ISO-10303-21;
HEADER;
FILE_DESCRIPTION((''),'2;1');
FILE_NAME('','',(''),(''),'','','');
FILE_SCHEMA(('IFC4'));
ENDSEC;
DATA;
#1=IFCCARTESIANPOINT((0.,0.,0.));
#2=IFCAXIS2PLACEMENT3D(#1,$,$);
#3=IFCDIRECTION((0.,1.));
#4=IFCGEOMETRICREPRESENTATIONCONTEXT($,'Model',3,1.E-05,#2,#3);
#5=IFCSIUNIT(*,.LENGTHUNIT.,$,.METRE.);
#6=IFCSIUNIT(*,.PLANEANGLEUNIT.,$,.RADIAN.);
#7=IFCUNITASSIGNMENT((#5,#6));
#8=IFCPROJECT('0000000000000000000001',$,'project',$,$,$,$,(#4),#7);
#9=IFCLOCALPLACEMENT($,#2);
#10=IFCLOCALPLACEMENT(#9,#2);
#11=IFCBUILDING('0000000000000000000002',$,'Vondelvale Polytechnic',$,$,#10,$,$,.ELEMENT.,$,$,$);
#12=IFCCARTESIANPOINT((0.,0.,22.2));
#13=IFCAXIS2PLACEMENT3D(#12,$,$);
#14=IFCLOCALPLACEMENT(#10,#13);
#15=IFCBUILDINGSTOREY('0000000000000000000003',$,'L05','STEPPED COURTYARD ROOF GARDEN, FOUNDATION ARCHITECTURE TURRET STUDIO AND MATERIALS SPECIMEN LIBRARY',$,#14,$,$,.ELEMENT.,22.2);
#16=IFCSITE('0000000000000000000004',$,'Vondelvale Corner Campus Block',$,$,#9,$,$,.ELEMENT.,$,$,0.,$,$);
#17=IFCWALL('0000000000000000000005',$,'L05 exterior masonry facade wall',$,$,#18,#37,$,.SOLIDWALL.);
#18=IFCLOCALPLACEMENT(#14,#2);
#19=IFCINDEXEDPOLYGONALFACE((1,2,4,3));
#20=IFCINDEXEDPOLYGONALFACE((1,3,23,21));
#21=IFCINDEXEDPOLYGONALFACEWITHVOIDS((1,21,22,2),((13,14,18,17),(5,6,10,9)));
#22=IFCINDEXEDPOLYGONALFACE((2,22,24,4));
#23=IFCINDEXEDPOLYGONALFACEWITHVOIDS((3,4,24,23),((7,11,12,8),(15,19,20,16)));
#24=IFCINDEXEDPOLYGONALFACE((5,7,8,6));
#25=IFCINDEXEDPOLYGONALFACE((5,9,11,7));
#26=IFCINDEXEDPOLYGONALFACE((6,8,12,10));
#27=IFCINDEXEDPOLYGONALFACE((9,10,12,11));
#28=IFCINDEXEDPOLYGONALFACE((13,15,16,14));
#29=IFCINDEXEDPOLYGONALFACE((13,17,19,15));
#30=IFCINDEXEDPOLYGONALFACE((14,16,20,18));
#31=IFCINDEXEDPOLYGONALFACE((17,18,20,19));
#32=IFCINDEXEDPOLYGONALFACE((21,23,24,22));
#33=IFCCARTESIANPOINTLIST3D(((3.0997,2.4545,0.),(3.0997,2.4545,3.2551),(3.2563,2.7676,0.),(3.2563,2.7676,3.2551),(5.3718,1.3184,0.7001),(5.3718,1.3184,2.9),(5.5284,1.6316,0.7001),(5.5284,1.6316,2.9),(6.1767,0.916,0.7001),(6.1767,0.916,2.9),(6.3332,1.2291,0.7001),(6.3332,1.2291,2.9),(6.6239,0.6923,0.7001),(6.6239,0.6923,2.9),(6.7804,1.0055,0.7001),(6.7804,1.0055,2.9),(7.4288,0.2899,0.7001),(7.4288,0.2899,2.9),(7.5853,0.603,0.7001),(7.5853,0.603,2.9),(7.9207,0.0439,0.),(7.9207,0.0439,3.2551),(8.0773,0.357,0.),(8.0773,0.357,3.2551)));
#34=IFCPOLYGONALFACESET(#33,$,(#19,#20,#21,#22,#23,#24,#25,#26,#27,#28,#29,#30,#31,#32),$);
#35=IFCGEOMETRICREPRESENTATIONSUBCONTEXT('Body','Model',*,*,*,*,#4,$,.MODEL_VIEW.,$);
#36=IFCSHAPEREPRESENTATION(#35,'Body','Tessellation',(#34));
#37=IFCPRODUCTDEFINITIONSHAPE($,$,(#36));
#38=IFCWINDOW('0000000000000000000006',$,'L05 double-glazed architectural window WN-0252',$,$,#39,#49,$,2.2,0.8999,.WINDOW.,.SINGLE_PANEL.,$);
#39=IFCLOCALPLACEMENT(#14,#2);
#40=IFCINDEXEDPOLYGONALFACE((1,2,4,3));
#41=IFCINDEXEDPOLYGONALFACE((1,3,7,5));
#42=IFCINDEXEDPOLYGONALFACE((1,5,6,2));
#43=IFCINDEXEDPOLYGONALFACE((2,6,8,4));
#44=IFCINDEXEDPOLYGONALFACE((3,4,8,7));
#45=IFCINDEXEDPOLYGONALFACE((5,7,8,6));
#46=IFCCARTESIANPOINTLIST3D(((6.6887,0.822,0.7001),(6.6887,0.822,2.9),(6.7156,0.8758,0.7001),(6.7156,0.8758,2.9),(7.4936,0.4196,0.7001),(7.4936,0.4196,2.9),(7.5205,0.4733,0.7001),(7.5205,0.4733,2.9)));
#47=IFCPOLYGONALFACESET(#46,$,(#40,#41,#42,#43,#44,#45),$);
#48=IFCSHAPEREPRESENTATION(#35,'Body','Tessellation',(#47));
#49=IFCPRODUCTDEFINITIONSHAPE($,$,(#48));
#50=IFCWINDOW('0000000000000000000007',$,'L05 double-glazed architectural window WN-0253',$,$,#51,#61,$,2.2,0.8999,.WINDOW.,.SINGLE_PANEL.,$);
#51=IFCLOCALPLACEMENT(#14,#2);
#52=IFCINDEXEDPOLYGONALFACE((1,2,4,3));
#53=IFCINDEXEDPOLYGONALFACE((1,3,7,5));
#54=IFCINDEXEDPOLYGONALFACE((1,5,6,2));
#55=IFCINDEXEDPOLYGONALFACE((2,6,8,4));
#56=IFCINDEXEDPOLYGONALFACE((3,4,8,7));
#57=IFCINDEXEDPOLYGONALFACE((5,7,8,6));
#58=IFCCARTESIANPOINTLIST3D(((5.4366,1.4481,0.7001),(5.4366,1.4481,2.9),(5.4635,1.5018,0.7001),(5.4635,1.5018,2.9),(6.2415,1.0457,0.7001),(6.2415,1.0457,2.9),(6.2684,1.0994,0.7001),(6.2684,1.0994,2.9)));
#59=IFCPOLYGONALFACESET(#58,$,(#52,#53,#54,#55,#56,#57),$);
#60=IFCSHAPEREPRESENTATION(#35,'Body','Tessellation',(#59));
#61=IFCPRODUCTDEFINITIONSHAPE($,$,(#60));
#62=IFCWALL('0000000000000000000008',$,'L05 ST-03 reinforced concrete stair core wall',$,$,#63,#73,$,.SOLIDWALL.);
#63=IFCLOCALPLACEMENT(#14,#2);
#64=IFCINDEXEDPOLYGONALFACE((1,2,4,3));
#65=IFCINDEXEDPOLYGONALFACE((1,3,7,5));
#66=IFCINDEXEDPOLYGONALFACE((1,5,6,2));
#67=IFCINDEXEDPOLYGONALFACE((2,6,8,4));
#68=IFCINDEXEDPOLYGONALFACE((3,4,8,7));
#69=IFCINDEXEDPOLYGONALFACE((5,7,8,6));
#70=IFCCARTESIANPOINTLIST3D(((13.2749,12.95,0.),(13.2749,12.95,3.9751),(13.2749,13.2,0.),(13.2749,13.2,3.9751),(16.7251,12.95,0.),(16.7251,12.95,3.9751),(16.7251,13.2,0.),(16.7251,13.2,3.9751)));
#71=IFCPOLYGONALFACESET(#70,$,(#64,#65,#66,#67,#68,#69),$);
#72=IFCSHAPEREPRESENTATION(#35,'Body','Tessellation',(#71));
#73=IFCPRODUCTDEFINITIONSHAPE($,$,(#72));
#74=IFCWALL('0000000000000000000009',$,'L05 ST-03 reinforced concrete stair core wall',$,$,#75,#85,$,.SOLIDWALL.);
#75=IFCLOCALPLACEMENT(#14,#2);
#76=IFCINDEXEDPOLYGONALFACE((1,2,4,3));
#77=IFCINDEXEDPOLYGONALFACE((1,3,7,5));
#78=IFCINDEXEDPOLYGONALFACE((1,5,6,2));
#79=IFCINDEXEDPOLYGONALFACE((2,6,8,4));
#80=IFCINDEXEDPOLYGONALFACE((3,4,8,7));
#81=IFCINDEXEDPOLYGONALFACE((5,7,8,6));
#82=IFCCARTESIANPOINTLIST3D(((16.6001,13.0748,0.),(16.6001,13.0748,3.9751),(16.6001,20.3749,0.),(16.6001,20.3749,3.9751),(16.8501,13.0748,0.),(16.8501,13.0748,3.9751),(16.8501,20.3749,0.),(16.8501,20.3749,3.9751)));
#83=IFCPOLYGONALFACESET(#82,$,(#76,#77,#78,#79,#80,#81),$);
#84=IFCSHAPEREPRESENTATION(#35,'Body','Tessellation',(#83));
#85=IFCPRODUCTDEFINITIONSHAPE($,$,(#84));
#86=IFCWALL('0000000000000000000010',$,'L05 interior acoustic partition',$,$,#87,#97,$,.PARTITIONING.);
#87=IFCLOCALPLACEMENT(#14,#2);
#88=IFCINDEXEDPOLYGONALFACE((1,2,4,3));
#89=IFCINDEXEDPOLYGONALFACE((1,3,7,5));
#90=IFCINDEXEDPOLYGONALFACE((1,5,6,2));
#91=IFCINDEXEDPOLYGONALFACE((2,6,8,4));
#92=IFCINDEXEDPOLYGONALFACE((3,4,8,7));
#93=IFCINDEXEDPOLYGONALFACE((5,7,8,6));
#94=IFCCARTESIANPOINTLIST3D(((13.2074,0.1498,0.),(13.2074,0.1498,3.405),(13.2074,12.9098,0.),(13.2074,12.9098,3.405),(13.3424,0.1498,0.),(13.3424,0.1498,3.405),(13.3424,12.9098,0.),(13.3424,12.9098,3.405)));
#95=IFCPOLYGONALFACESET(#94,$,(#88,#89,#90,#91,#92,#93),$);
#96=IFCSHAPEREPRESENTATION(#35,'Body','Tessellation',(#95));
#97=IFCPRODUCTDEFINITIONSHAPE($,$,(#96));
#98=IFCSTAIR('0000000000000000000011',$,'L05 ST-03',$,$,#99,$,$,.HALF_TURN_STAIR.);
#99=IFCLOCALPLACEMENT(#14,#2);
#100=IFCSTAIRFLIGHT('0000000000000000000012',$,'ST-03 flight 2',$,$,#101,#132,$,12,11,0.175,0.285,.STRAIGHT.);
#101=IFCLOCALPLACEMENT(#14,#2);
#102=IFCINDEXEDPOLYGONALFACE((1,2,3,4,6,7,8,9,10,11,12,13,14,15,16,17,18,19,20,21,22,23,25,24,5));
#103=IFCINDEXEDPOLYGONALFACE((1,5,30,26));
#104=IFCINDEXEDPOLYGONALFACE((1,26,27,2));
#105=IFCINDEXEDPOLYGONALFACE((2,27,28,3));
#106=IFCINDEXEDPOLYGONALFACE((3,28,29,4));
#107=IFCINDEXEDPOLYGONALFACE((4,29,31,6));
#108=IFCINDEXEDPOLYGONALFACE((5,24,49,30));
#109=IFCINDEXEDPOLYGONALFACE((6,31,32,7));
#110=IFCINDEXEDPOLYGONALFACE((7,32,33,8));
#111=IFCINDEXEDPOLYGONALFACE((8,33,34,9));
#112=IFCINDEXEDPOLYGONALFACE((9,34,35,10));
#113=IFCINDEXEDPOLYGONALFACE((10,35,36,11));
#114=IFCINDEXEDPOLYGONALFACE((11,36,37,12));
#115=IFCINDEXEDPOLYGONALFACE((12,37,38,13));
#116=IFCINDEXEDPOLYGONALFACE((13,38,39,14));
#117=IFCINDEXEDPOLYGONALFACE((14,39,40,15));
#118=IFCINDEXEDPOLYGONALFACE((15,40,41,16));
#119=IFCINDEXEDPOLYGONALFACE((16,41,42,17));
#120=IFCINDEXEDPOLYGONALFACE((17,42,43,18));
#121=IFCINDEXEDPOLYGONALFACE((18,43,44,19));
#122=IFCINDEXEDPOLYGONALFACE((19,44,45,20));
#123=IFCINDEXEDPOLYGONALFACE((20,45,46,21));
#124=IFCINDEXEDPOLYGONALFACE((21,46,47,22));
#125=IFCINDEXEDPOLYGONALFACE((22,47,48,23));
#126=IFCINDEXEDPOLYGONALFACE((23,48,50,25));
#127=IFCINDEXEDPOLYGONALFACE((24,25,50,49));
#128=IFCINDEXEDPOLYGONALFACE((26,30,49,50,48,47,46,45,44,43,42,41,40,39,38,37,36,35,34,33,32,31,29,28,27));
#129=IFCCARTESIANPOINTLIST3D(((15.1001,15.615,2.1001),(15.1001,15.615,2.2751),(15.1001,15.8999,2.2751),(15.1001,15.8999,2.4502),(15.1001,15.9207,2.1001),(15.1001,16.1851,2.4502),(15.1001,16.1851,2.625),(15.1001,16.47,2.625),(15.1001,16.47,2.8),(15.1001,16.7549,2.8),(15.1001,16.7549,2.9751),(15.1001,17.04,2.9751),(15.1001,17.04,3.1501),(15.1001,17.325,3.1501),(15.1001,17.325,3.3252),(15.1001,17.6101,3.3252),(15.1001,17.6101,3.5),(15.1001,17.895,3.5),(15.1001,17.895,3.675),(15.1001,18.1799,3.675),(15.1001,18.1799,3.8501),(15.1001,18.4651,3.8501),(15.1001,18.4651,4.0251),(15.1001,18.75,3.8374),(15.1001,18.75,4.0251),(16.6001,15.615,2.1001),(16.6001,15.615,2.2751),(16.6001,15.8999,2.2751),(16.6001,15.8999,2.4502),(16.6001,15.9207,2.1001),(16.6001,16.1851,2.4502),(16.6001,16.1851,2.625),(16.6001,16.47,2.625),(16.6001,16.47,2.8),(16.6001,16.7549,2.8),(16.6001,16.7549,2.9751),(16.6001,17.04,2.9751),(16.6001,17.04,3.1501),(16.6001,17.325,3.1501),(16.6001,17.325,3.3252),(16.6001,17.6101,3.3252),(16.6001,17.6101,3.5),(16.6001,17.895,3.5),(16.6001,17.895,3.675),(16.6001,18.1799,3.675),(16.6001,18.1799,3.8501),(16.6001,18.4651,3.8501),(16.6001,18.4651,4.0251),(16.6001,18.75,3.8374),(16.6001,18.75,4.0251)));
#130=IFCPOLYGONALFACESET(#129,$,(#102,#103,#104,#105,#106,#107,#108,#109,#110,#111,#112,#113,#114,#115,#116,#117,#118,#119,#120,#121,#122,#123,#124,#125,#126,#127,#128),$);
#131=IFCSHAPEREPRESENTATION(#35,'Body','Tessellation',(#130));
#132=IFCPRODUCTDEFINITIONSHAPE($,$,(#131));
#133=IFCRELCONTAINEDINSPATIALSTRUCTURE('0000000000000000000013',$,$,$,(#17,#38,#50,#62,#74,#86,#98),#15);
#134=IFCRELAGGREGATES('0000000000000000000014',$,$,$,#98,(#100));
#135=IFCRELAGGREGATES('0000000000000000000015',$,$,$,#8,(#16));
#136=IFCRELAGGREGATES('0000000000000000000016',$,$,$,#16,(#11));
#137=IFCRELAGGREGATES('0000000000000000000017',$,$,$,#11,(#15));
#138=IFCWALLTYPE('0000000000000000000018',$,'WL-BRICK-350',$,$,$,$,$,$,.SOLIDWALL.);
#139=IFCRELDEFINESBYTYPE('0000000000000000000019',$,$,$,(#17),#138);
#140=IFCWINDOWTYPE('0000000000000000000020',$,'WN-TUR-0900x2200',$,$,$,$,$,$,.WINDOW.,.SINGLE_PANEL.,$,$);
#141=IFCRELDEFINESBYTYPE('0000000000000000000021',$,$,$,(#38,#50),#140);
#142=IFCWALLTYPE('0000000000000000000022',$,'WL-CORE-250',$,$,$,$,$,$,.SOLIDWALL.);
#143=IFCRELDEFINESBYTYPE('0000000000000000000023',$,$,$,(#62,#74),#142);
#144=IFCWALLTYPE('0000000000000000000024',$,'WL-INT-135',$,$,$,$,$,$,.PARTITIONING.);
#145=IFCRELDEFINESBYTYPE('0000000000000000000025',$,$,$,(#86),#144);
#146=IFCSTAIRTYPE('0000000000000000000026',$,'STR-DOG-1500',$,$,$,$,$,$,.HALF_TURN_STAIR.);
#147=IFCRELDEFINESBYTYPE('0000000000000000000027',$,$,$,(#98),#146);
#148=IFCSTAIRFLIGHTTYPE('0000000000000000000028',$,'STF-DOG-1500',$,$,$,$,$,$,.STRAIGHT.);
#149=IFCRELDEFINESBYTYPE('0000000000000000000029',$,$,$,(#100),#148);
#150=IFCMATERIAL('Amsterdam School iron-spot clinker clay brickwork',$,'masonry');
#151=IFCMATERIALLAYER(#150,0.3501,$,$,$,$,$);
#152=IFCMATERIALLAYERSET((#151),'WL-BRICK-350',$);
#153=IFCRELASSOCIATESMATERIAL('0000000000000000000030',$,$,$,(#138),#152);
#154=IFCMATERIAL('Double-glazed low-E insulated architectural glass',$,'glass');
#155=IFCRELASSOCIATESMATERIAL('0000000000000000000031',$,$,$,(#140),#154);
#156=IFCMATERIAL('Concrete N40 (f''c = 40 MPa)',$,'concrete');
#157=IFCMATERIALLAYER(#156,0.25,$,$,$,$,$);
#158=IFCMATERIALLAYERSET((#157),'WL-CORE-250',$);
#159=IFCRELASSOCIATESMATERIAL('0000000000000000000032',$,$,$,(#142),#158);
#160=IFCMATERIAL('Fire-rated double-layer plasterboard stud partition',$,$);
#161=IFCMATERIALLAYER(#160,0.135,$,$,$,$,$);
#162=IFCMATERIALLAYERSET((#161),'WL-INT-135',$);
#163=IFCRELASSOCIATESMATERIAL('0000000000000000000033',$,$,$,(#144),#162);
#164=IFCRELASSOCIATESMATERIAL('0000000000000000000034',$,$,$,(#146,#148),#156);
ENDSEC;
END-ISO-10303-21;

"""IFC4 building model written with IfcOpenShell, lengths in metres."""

from ifc_helpers import new_model, si_unit, direction, frame, frame_2d, origin, place, context, subcontext, project, spatial, polyline, rectangle, outline, extrude, material, layer, layer_set, type_object, element, fill, aggregate, save


model = new_model("IFC4")

# Units and contexts
model_context = context("Model", 3, precision=1e-05, world=origin(), true_north=direction((0.0, 1.0)))
body_context = subcontext(model_context, "Body", "Model", "MODEL_VIEW")
ifc_project = project(units=[si_unit("LENGTHUNIT", "METRE"), si_unit("PLANEANGLEUNIT", "RADIAN")], contexts=[model_context])

# Site, building, storey
site_placement = place(None, origin())
site = spatial("IfcSite", under=ifc_project, at=site_placement, Name="Vondelvale Corner Campus Block", CompositionType="ELEMENT", RefElevation=0.0)
building_placement = place(site_placement, origin())
building = spatial("IfcBuilding", under=site, at=building_placement, Name="Vondelvale Polytechnic", CompositionType="ELEMENT")
storey_placement = place(building_placement, frame((0.0, 0.0, 22.2)))
storey = spatial("IfcBuildingStorey", under=building, at=storey_placement, Name="L05", Description="STEPPED COURTYARD ROOF GARDEN, FOUNDATION ARCHITECTURE TURRET STUDIO AND MATERIALS SPECIMEN LIBRARY", CompositionType="ELEMENT", Elevation=22.2)

# Shared definitions
ifc_material_1 = material(Name="Concrete N40 (f'c = 40 MPa)", Category="concrete")

# Shared definitions
ifc_material_2 = material(Name="Amsterdam School iron-spot clinker clay brickwork", Category="masonry")
ifc_material_3 = material(Name="Double-glazed low-E insulated architectural glass", Category="glass")

# Wall, openings, windows
ifc_layer_1 = layer(ifc_material_2, 0.3501)
ifc_layer_set_1 = layer_set([ifc_layer_1], Name="WL-BRICK-350")
wall_type_1 = type_object("IfcWallType", Name="WL-BRICK-350", PredefinedType="SOLIDWALL", material=ifc_layer_set_1)
wall_1_placement = place(storey_placement, frame((7.999, 0.2004, 0.0), z_axis=(0.0, 0.0, 1.0), x_axis=(-0.894418, 0.447232, 0.0)))
wall_1 = element("IfcWall", 1, at=wall_1_placement, inside=storey, type_object=wall_type_1, Name="L05 exterior masonry facade wall", PredefinedType="SOLIDWALL", context=body_context, shape_type="SweptSolid", body=[
    extrude(rectangle(XDim=5.3901, YDim=0.3501, at=frame_2d((2.6951, 0.0))), origin(), (0.0, 0.0, 1.0), 3.2551),
])
opening_1_placement = place(wall_1_placement, frame((0.55, 0.0, 0.7)))
opening_1 = element("IfcOpeningElement", 2, at=opening_1_placement, cuts=wall_1, PredefinedType="OPENING", context=body_context, shape_type="SweptSolid", body=[
    extrude(rectangle(XDim=0.8999, YDim=2.2, at=frame_2d((0.45, 1.1001))), frame((0.0, 0.1851, 0.0), z_axis=(0.0, -1.0, 0.0), x_axis=(1.0, 0.0, 0.0)), (0.0, 0.0, 1.0), 0.3701),
])
opening_2_placement = place(wall_1_placement, frame((1.95, 0.0, 0.7)))
opening_2 = element("IfcOpeningElement", 3, at=opening_2_placement, cuts=wall_1, PredefinedType="OPENING", context=body_context, shape_type="SweptSolid", body=[
    extrude(rectangle(XDim=0.8999, YDim=2.2, at=frame_2d((0.45, 1.1001))), frame((0.0, 0.1851, 0.0), z_axis=(0.0, -1.0, 0.0), x_axis=(1.0, 0.0, 0.0)), (0.0, 0.0, 1.0), 0.3701),
])
window_type_1 = type_object("IfcWindowType", Name="WN-TUR-0900x2200", PartitioningType="SINGLE_PANEL", PredefinedType="WINDOW", material=ifc_material_3)
window_1_placement = place(opening_1_placement, origin())
window_1 = element("IfcWindow", 4, at=window_1_placement, inside=storey, type_object=window_type_1, Name="L05 double-glazed architectural window WN-0252", OverallHeight=2.2, OverallWidth=0.8999, PartitioningType="SINGLE_PANEL", PredefinedType="WINDOW", context=body_context, shape_type="SweptSolid", body=[
    extrude(rectangle(XDim=0.8999, YDim=2.2, at=frame_2d((0.45, 1.1001))), frame((0.0, 0.03, 0.0), z_axis=(0.0, -1.0, 0.0), x_axis=(1.0, 0.0, 0.0)), (0.0, 0.0, 1.0), 0.0601),
])
fill(opening_1, window_1)
window_2_placement = place(opening_2_placement, origin())
window_2 = element("IfcWindow", 5, at=window_2_placement, inside=storey, type_object=window_type_1, Name="L05 double-glazed architectural window WN-0253", OverallHeight=2.2, OverallWidth=0.8999, PartitioningType="SINGLE_PANEL", PredefinedType="WINDOW", context=body_context, shape_type="SweptSolid", body=[
    extrude(rectangle(XDim=0.8999, YDim=2.2, at=frame_2d((0.45, 1.1001))), frame((0.0, 0.03, 0.0), z_axis=(0.0, -1.0, 0.0), x_axis=(1.0, 0.0, 0.0)), (0.0, 0.0, 1.0), 0.0601),
])
fill(opening_2, window_2)

# Walls
ifc_layer_2 = layer(ifc_material_1, 0.25)
ifc_layer_set_2 = layer_set([ifc_layer_2], Name="WL-CORE-250")
wall_type_2 = type_object("IfcWallType", Name="WL-CORE-250", PredefinedType="SOLIDWALL", material=ifc_layer_set_2)
wall_2_placement = place(storey_placement, frame((13.2749, 13.075, 0.0), z_axis=(0.0, 0.0, 1.0), x_axis=(1.0, 0.0, 0.0)))
element("IfcWall", 6, at=wall_2_placement, inside=storey, type_object=wall_type_2, Name="L05 ST-03 reinforced concrete stair core wall", PredefinedType="SOLIDWALL", context=body_context, shape_type="SweptSolid", body=[
    extrude(rectangle(XDim=3.4502, YDim=0.25, at=frame_2d((1.7251, 0.0))), origin(), (0.0, 0.0, 1.0), 3.9751),
])
wall_3_placement = place(storey_placement, frame((16.7251, 13.075, 0.0), z_axis=(0.0, 0.0, 1.0), x_axis=(0.0, 1.0, 0.0)))
element("IfcWall", 7, at=wall_3_placement, inside=storey, type_object=wall_type_2, Name="L05 ST-03 reinforced concrete stair core wall", PredefinedType="SOLIDWALL", context=body_context, shape_type="SweptSolid", body=[
    extrude(rectangle(XDim=7.3, YDim=0.25, at=frame_2d((3.6499, 0.0))), origin(), (0.0, 0.0, 1.0), 3.9751),
])
ifc_material_4 = material(Name="Fire-rated double-layer plasterboard stud partition")
ifc_layer_3 = layer(ifc_material_4, 0.135)
ifc_layer_set_3 = layer_set([ifc_layer_3], Name="WL-INT-135")
wall_type_3 = type_object("IfcWallType", Name="WL-INT-135", PredefinedType="PARTITIONING", material=ifc_layer_set_3)
wall_4_placement = place(storey_placement, frame((13.2749, 0.1499, 0.0), z_axis=(0.0, 0.0, 1.0), x_axis=(0.0, 1.0, 0.0)))
element("IfcWall", 8, at=wall_4_placement, inside=storey, type_object=wall_type_3, Name="L05 interior acoustic partition", PredefinedType="PARTITIONING", context=body_context, shape_type="SweptSolid", body=[
    extrude(rectangle(XDim=12.76, YDim=0.135, at=frame_2d((6.3799, 0.0))), origin(), (0.0, 0.0, 1.0), 3.405),
])

# Stair, stair flight
stair_type = type_object("IfcStairType", Name="STR-DOG-1500", PredefinedType="HALF_TURN_STAIR", material=ifc_material_1)
stair_placement = place(storey_placement, origin())
stair = element("IfcStair", 9, at=stair_placement, inside=storey, type_object=stair_type, Name="L05 ST-03", PredefinedType="HALF_TURN_STAIR")
stair_flight_type = type_object("IfcStairFlightType", Name="STF-DOG-1500", PredefinedType="STRAIGHT", material=ifc_material_1)
stair_flight_placement = place(storey_placement, frame((15.8501, 15.615, 2.1001), z_axis=(0.0, 0.0, 1.0), x_axis=(0.0, 1.0, 0.0)))
stair_flight = element("IfcStairFlight", 10, at=stair_flight_placement, type_object=stair_flight_type, Name="ST-03 flight 2", NumberOfRisers=12, NumberOfTreads=11, PredefinedType="STRAIGHT", RiserHeight=0.175, TreadLength=0.285, context=body_context, shape_type="SweptSolid", body=[
    extrude(outline(polyline([(0.0, 0.0), (0.0, 0.175), (0.2849, 0.175), (0.2849, 0.3501), (0.5701, 0.3501), (0.5701, 0.5249), (0.855, 0.5249), (0.855, 0.7), (1.1399, 0.7), (1.1399, 0.875), (1.425, 0.875), (1.425, 1.05), (1.71, 1.05), (1.71, 1.2251), (1.9951, 1.2251), (1.9951, 1.3999), (2.28, 1.3999), (2.28, 1.575), (2.5649, 1.575), (2.5649, 1.75), (2.8501, 1.75), (2.8501, 1.925), (3.135, 1.925), (3.135, 2.1001), (3.135, 1.7373), (0.3057, 0.0), (0.0, 0.0)])), frame((0.0, 0.75, 0.0), z_axis=(0.0, -1.0, 0.0), x_axis=(1.0, 0.0, 0.0)), (0.0, 0.0, 1.0), 1.5),
])
aggregate(stair, [stair_flight])

save(model, "model.ifc")
